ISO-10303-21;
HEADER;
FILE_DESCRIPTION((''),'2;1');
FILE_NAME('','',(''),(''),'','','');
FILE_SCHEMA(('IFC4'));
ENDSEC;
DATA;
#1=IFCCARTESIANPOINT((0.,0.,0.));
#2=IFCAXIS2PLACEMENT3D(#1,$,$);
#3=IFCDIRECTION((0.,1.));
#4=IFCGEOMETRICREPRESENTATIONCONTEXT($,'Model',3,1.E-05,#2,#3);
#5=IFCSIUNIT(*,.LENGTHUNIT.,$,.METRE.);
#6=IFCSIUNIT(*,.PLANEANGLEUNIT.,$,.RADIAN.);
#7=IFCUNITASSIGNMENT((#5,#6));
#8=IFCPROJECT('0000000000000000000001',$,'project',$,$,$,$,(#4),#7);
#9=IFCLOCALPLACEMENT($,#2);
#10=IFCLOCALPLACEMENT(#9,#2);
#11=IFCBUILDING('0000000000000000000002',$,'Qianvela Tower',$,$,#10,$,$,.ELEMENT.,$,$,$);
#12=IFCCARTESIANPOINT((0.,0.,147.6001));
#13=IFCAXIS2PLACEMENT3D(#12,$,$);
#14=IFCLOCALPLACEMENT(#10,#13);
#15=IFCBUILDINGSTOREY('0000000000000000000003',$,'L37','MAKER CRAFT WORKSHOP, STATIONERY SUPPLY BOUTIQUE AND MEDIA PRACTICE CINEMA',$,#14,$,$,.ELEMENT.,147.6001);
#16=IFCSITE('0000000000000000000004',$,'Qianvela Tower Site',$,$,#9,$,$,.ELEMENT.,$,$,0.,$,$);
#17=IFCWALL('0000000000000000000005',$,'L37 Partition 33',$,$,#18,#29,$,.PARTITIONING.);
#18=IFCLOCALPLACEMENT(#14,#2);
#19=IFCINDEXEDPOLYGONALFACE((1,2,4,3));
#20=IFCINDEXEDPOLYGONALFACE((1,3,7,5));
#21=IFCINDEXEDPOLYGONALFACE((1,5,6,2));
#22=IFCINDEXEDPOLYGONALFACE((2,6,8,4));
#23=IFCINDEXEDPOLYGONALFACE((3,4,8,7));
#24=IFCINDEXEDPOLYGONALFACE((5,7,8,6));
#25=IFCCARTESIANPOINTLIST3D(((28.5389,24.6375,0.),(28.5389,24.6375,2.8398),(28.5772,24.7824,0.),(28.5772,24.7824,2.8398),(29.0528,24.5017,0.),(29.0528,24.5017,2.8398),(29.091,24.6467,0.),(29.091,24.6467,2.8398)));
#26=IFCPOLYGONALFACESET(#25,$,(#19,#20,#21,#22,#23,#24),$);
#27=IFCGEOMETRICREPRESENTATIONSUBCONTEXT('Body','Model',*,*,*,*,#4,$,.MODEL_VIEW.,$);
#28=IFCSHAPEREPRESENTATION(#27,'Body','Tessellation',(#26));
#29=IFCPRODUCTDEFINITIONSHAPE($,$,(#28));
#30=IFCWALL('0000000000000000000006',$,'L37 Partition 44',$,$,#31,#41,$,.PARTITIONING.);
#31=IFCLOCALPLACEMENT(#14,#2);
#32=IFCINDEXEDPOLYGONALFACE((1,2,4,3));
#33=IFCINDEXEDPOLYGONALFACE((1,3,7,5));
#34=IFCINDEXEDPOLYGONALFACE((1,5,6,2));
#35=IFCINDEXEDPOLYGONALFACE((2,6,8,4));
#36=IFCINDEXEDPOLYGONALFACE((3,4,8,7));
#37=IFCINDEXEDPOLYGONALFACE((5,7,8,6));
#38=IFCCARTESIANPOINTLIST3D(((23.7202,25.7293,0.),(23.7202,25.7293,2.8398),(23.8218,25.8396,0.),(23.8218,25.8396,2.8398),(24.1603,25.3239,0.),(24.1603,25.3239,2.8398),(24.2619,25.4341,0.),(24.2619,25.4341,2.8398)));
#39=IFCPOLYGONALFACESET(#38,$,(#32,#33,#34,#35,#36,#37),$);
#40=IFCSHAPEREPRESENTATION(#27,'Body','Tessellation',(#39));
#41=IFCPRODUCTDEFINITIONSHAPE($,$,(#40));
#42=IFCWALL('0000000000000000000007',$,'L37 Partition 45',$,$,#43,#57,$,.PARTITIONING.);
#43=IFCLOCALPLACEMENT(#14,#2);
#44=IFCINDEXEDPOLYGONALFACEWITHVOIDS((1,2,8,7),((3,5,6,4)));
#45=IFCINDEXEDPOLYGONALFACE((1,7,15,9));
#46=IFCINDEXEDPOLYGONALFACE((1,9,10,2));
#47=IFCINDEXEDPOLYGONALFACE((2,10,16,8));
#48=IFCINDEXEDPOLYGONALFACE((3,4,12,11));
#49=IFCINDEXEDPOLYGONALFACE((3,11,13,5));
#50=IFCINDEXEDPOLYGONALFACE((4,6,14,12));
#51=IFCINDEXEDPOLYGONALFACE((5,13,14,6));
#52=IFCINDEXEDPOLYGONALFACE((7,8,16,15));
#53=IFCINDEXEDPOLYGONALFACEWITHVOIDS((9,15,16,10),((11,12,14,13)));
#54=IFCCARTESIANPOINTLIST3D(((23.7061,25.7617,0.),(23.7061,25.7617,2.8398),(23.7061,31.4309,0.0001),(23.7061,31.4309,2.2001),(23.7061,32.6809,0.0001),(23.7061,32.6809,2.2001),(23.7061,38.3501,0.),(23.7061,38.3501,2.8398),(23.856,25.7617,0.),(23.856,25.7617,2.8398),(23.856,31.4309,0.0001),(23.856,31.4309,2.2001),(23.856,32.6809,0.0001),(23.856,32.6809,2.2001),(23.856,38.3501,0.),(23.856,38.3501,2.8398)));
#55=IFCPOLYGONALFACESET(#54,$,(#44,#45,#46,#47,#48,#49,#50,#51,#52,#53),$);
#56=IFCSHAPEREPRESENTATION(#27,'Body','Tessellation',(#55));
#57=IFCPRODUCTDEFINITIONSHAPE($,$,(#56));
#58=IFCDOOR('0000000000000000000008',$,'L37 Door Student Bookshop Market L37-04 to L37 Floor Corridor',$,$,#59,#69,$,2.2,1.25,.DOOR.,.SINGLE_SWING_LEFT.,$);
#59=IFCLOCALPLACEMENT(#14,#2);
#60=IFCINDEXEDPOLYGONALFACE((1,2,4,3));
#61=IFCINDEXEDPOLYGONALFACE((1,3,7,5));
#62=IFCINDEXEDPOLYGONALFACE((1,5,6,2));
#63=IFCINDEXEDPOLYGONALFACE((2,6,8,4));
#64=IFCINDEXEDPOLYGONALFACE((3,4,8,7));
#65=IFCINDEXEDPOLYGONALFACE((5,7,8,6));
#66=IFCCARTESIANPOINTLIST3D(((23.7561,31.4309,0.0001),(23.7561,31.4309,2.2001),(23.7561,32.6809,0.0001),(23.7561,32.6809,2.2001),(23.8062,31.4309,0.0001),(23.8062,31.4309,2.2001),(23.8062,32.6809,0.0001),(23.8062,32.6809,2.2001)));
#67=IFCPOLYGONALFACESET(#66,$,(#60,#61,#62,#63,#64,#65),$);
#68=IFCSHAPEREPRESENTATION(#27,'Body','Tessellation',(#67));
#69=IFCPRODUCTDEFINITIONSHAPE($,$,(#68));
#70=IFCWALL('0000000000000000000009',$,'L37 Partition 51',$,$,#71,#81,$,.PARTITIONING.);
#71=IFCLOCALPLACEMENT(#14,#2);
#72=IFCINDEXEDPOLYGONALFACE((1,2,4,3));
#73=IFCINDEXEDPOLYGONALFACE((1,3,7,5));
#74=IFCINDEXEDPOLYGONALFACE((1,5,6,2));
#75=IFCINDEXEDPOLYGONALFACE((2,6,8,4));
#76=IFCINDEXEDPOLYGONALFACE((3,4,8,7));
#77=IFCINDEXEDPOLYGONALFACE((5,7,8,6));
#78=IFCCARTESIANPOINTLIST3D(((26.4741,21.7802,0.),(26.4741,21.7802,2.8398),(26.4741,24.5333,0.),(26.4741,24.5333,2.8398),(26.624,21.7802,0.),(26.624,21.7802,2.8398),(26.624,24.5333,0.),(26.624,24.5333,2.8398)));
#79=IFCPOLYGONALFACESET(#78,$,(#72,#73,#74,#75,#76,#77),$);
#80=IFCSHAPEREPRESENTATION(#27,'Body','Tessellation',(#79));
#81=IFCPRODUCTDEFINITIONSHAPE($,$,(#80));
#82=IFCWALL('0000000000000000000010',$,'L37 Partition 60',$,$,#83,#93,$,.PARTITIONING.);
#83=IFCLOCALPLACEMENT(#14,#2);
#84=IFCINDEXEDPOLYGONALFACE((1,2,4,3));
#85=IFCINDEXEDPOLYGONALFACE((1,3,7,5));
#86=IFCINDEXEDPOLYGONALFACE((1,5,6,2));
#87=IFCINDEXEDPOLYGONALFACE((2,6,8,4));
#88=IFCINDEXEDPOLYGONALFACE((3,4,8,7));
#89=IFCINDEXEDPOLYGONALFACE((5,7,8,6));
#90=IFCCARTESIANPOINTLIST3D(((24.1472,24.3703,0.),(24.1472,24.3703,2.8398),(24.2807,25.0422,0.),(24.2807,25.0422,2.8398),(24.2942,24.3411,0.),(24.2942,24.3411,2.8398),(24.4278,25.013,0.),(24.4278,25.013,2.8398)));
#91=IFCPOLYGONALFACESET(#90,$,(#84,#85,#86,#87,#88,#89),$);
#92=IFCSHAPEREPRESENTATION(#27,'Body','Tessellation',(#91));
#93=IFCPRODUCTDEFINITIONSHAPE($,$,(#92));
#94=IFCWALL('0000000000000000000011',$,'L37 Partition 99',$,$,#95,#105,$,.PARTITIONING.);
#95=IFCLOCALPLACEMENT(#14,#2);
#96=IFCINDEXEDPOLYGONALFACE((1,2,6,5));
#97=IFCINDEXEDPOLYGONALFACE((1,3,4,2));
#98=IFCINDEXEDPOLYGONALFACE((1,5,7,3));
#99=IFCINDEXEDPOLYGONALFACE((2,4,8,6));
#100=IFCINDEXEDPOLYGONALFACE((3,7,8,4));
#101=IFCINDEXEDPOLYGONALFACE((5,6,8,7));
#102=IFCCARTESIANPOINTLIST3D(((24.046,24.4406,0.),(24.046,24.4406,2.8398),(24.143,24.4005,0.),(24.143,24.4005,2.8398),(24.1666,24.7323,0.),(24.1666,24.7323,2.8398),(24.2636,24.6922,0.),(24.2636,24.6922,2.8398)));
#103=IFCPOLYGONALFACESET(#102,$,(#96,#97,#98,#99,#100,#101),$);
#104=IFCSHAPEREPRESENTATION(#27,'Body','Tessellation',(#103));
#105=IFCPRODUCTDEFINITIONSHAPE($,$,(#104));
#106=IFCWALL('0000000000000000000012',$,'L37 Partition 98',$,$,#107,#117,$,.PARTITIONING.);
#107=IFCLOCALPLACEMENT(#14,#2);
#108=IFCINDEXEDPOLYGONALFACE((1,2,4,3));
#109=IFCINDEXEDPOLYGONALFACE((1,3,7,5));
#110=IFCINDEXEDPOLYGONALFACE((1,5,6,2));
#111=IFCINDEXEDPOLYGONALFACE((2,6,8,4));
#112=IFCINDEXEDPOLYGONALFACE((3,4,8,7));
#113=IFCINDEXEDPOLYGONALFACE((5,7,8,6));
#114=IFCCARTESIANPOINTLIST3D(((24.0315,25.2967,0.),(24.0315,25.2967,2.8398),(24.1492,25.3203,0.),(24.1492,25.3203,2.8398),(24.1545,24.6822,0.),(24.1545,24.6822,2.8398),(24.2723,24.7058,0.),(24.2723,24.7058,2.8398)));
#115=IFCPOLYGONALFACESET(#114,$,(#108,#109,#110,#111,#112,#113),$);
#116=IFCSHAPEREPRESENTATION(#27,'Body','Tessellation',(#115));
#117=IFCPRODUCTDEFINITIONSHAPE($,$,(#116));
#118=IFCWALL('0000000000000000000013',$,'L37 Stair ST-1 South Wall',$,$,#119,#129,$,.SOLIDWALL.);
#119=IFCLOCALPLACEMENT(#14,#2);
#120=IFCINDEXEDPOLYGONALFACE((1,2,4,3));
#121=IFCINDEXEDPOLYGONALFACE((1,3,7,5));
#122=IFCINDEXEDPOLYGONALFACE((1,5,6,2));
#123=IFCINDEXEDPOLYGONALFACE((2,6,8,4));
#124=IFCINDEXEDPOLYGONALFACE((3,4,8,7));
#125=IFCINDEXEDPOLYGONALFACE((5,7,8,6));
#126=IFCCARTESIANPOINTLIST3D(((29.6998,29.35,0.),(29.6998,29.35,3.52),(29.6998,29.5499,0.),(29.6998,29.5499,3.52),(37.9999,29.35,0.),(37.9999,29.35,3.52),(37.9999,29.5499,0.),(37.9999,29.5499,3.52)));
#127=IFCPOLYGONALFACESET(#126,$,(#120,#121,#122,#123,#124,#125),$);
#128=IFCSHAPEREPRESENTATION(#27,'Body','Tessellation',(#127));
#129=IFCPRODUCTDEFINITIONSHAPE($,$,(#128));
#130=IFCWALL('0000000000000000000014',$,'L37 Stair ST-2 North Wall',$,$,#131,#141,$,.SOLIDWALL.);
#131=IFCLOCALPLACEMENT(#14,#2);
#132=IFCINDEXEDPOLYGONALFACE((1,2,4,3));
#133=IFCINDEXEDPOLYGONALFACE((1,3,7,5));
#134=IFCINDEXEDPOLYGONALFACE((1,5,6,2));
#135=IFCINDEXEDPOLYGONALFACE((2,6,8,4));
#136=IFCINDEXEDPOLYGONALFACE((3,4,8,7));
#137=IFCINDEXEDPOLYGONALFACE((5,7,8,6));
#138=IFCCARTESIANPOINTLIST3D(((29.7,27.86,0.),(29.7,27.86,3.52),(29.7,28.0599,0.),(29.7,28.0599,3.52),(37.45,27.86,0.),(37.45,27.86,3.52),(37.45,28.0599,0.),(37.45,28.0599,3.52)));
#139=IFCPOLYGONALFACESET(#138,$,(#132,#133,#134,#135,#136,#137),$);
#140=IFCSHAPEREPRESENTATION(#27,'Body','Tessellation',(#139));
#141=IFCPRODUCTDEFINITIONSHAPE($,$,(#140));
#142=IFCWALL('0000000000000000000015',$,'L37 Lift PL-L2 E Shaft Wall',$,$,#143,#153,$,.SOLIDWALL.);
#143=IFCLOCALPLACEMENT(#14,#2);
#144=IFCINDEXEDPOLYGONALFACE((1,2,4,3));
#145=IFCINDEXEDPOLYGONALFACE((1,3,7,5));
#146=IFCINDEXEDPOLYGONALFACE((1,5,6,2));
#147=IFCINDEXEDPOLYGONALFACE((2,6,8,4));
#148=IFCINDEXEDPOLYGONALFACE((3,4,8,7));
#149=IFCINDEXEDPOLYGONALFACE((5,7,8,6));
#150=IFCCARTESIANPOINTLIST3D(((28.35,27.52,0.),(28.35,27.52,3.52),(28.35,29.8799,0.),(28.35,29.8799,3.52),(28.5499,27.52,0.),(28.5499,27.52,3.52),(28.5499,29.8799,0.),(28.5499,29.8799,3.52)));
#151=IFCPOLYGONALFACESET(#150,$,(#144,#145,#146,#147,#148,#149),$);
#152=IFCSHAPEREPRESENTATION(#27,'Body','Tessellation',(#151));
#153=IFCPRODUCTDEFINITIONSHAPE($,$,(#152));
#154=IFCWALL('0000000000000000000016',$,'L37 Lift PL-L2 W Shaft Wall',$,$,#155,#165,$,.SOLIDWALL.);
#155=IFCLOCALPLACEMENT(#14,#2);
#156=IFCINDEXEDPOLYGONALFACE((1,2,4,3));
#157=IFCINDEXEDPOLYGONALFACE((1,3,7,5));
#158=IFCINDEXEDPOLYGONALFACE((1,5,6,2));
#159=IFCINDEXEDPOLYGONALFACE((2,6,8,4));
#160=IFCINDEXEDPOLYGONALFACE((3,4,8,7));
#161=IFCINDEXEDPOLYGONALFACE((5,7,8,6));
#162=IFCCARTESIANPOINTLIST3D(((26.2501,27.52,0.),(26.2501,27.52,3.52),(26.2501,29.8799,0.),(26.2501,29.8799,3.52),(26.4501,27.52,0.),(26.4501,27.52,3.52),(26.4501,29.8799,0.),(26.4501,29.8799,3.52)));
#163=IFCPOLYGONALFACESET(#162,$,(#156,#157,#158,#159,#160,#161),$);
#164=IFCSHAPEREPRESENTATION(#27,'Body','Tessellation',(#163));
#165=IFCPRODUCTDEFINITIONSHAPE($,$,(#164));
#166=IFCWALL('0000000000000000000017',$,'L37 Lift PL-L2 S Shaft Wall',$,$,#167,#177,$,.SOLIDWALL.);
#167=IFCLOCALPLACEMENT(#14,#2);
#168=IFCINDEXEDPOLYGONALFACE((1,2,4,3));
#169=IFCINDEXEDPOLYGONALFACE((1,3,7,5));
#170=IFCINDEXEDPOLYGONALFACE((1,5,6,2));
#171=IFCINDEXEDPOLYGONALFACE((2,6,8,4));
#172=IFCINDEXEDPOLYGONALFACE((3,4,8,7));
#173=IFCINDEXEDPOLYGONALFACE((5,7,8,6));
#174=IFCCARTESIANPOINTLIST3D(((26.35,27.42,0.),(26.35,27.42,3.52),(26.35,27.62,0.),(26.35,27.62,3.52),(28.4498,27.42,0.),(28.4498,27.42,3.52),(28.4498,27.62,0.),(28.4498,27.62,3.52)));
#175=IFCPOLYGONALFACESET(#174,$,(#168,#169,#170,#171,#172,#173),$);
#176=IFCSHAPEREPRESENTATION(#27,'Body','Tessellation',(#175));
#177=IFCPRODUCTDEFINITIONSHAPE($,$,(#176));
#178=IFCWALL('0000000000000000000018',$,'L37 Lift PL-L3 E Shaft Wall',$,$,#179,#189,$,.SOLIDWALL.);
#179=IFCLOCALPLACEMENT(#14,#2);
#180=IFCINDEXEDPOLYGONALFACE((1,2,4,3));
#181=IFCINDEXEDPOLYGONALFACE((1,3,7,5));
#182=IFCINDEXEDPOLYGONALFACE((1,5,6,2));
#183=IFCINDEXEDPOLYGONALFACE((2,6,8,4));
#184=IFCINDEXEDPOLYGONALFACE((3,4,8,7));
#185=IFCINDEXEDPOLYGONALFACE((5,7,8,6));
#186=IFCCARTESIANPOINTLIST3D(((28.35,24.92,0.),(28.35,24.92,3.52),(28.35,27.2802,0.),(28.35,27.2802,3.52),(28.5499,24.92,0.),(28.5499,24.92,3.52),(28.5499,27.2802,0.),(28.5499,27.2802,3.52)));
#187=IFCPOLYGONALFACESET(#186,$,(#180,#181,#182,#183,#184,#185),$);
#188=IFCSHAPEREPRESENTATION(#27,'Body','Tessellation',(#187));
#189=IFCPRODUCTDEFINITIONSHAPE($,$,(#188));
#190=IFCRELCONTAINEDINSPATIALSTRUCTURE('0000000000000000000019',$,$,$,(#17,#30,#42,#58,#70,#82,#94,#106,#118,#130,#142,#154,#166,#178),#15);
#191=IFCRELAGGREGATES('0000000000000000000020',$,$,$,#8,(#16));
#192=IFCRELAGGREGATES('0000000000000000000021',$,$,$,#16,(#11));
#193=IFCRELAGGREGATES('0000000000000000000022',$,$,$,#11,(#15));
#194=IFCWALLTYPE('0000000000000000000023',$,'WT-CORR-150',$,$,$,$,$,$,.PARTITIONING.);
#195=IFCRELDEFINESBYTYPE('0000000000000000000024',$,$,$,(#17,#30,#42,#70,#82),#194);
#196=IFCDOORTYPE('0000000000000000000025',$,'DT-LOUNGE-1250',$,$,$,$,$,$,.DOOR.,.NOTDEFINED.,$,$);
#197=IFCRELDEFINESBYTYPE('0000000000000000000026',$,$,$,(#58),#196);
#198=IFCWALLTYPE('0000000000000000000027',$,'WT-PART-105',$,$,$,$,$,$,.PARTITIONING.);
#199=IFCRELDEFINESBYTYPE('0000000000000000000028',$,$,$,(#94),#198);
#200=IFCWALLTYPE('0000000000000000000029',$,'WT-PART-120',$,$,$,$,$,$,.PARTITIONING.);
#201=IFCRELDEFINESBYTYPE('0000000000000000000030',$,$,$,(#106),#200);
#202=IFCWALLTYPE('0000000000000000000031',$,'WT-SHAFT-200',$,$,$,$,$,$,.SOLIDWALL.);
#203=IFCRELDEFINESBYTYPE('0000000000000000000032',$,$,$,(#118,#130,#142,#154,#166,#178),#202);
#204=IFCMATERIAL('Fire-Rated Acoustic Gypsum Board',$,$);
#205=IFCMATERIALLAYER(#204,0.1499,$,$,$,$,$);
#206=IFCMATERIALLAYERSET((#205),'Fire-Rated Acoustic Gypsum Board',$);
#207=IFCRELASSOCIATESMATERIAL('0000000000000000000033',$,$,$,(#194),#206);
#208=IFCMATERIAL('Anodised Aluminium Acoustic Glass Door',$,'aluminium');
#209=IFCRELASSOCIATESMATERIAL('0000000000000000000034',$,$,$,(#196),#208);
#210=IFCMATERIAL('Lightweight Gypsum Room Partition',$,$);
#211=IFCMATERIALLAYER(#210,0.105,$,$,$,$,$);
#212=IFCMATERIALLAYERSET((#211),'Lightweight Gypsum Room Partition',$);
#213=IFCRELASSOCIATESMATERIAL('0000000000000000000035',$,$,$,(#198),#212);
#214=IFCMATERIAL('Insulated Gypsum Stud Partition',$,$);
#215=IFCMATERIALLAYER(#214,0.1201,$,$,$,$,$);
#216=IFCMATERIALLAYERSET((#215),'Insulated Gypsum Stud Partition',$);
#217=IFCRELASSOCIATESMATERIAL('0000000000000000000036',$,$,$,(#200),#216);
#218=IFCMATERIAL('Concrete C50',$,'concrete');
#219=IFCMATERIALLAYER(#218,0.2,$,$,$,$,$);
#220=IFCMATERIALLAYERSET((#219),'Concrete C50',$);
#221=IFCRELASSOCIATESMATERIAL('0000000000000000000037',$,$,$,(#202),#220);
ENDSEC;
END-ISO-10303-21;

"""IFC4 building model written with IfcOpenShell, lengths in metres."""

from ifc_helpers import new_model, si_unit, direction, frame, frame_2d, origin, place, context, subcontext, project, spatial, rectangle, extrude, material, layer, layer_set, type_object, element, fill, save


model = new_model("IFC4")

# Units and contexts
model_context = context("Model", 3, precision=1e-05, world=origin(), true_north=direction((0.0, 1.0)))
body_context = subcontext(model_context, "Body", "Model", "MODEL_VIEW")
ifc_project = project(units=[si_unit("LENGTHUNIT", "METRE"), si_unit("PLANEANGLEUNIT", "RADIAN")], contexts=[model_context])

# Site, building, storey
site_placement = place(None, origin())
site = spatial("IfcSite", under=ifc_project, at=site_placement, Name="Qianvela Tower Site", CompositionType="ELEMENT", RefElevation=0.0)
building_placement = place(site_placement, origin())
building = spatial("IfcBuilding", under=site, at=building_placement, Name="Qianvela Tower", CompositionType="ELEMENT")
storey_placement = place(building_placement, frame((0.0, 0.0, 147.6001)))
storey = spatial("IfcBuildingStorey", under=building, at=storey_placement, Name="L37", Description="MAKER CRAFT WORKSHOP, STATIONERY SUPPLY BOUTIQUE AND MEDIA PRACTICE CINEMA", CompositionType="ELEMENT", Elevation=147.6001)

# Walls
ifc_material_1 = material(Name="Fire-Rated Acoustic Gypsum Board")
ifc_layer_1 = layer(ifc_material_1, 0.1499)
ifc_layer_set_1 = layer_set([ifc_layer_1], Name="Fire-Rated Acoustic Gypsum Board")
wall_type_1 = type_object("IfcWallType", Name="WT-CORR-150", PredefinedType="PARTITIONING", material=ifc_layer_set_1)
wall_1_placement = place(storey_placement, frame((29.0718, 24.5742, 0.0), z_axis=(0.0, 0.0, 1.0), x_axis=(-0.966842, 0.255375, 0.0)))
element("IfcWall", 1, at=wall_1_placement, inside=storey, type_object=wall_type_1, Name="L37 Partition 33", PredefinedType="PARTITIONING", context=body_context, shape_type="SweptSolid", body=[
    extrude(rectangle(XDim=0.5315, YDim=0.1499, at=frame_2d((0.2656, 0.0))), origin(), (0.0, 0.0, 1.0), 2.8398),
])
wall_2_placement = place(storey_placement, frame((24.2112, 25.3789, 0.0), z_axis=(0.0, 0.0, 1.0), x_axis=(-0.735476, 0.677551, 0.0)))
element("IfcWall", 2, at=wall_2_placement, inside=storey, type_object=wall_type_1, Name="L37 Partition 44", PredefinedType="PARTITIONING", context=body_context, shape_type="SweptSolid", body=[
    extrude(rectangle(XDim=0.5984, YDim=0.1499, at=frame_2d((0.2993, 0.0))), origin(), (0.0, 0.0, 1.0), 2.8398),
])

# Wall, opening, door
wall_3_placement = place(storey_placement, frame((23.781, 25.7617, 0.0), z_axis=(0.0, 0.0, 1.0), x_axis=(0.0, 1.0, 0.0)))
wall_3 = element("IfcWall", 3, at=wall_3_placement, inside=storey, type_object=wall_type_1, Name="L37 Partition 45", PredefinedType="PARTITIONING", context=body_context, shape_type="SweptSolid", body=[
    extrude(rectangle(XDim=12.5884, YDim=0.1499, at=frame_2d((6.2942, 0.0))), origin(), (0.0, 0.0, 1.0), 2.8398),
])
opening_1_placement = place(wall_3_placement, frame((5.6692, 0.0, 0.0)))
opening_1 = element("IfcOpeningElement", 4, at=opening_1_placement, cuts=wall_3, PredefinedType="OPENING", context=body_context, shape_type="SweptSolid", body=[
    extrude(rectangle(XDim=1.25, YDim=2.2, at=frame_2d((0.625, 1.1001))), frame((0.0, 0.085, 0.0), z_axis=(0.0, -1.0, 0.0), x_axis=(1.0, 0.0, 0.0)), (0.0, 0.0, 1.0), 0.1699),
])
ifc_material_2 = material(Name="Anodised Aluminium Acoustic Glass Door", Category="aluminium")
door_type_1 = type_object("IfcDoorType", Name="DT-LOUNGE-1250", OperationType="NOTDEFINED", PredefinedType="DOOR", material=ifc_material_2)
door_1_placement = place(opening_1_placement, origin())
door_1 = element("IfcDoor", 5, at=door_1_placement, inside=storey, type_object=door_type_1, Name="L37 Door Student Bookshop Market L37-04 to L37 Floor Corridor", OperationType="SINGLE_SWING_LEFT", OverallHeight=2.2, OverallWidth=1.25, PredefinedType="DOOR", context=body_context, shape_type="SweptSolid", body=[
    extrude(rectangle(XDim=1.25, YDim=2.2, at=frame_2d((0.625, 1.1001))), frame((0.0, 0.0249, 0.0), z_axis=(0.0, -1.0, 0.0), x_axis=(1.0, 0.0, 0.0)), (0.0, 0.0, 1.0), 0.05),
])
fill(opening_1, door_1)

# Walls
wall_4_placement = place(storey_placement, frame((26.5491, 24.5332, 0.0), z_axis=(0.0, 0.0, 1.0), x_axis=(0.0, -1.0, 0.0)))
element("IfcWall", 6, at=wall_4_placement, inside=storey, type_object=wall_type_1, Name="L37 Partition 51", PredefinedType="PARTITIONING", context=body_context, shape_type="SweptSolid", body=[
    extrude(rectangle(XDim=2.7532, YDim=0.1499, at=frame_2d((1.3765, 0.0))), origin(), (0.0, 0.0, 1.0), 2.8398),
])
wall_5_placement = place(storey_placement, frame((24.2207, 24.3557, 0.0), z_axis=(0.0, 0.0, 1.0), x_axis=(0.194951, 0.980813, 0.0)))
element("IfcWall", 7, at=wall_5_placement, inside=storey, type_object=wall_type_1, Name="L37 Partition 60", PredefinedType="PARTITIONING", context=body_context, shape_type="SweptSolid", body=[
    extrude(rectangle(XDim=0.6851, YDim=0.1499, at=frame_2d((0.3425, 0.0))), origin(), (0.0, 0.0, 1.0), 2.8398),
])
ifc_material_3 = material(Name="Lightweight Gypsum Room Partition")
ifc_layer_2 = layer(ifc_material_3, 0.105)
ifc_layer_set_2 = layer_set([ifc_layer_2], Name="Lightweight Gypsum Room Partition")
wall_type_2 = type_object("IfcWallType", Name="WT-PART-105", PredefinedType="PARTITIONING", material=ifc_layer_set_2)
wall_6_placement = place(storey_placement, frame((24.2151, 24.7122, 0.0), z_axis=(0.0, 0.0, 1.0), x_axis=(-0.382033, -0.924149, 0.0)))
element("IfcWall", 8, at=wall_6_placement, inside=storey, type_object=wall_type_2, Name="L37 Partition 99", PredefinedType="PARTITIONING", context=body_context, shape_type="SweptSolid", body=[
    extrude(rectangle(XDim=0.3157, YDim=0.105, at=frame_2d((0.1577, 0.0))), origin(), (0.0, 0.0, 1.0), 2.8398),
])
ifc_material_4 = material(Name="Insulated Gypsum Stud Partition")
ifc_layer_3 = layer(ifc_material_4, 0.1201)
ifc_layer_set_3 = layer_set([ifc_layer_3], Name="Insulated Gypsum Stud Partition")
wall_type_3 = type_object("IfcWallType", Name="WT-PART-120", PredefinedType="PARTITIONING", material=ifc_layer_set_3)
wall_7_placement = place(storey_placement, frame((24.0903, 25.3086, 0.0), z_axis=(0.0, 0.0, 1.0), x_axis=(0.196341, -0.980536, 0.0)))
element("IfcWall", 9, at=wall_7_placement, inside=storey, type_object=wall_type_3, Name="L37 Partition 98", PredefinedType="PARTITIONING", context=body_context, shape_type="SweptSolid", body=[
    extrude(rectangle(XDim=0.6267, YDim=0.1201, at=frame_2d((0.3135, 0.0))), origin(), (0.0, 0.0, 1.0), 2.8398),
])
ifc_material_5 = material(Name="Concrete C50", Category="concrete")
ifc_layer_4 = layer(ifc_material_5, 0.2)
ifc_layer_set_4 = layer_set([ifc_layer_4], Name="Concrete C50")
wall_type_4 = type_object("IfcWallType", Name="WT-SHAFT-200", PredefinedType="SOLIDWALL", material=ifc_layer_set_4)
wall_8_placement = place(storey_placement, frame((29.7, 29.45, 0.0), z_axis=(0.0, 0.0, 1.0), x_axis=(1.0, 0.0, 0.0)))
element("IfcWall", 10, at=wall_8_placement, inside=storey, type_object=wall_type_4, Name="L37 Stair ST-1 South Wall", PredefinedType="SOLIDWALL", context=body_context, shape_type="SweptSolid", body=[
    extrude(rectangle(XDim=8.3, YDim=0.2, at=frame_2d((4.1499, 0.0))), origin(), (0.0, 0.0, 1.0), 3.52),
])
wall_9_placement = place(storey_placement, frame((29.7, 27.96, 0.0), z_axis=(0.0, 0.0, 1.0), x_axis=(1.0, 0.0, 0.0)))
element("IfcWall", 11, at=wall_9_placement, inside=storey, type_object=wall_type_4, Name="L37 Stair ST-2 North Wall", PredefinedType="SOLIDWALL", context=body_context, shape_type="SweptSolid", body=[
    extrude(rectangle(XDim=7.75, YDim=0.2, at=frame_2d((3.875, 0.0))), origin(), (0.0, 0.0, 1.0), 3.52),
])
for number, where, z_axis, x_axis, name in (
    (12, (28.45, 27.52, 0.0), (0.0, 0.0, 1.0), (0.0, 1.0, 0.0), "L37 Lift PL-L2 E Shaft Wall"),
    (13, (26.3501, 27.52, 0.0), (0.0, 0.0, 1.0), (0.0, 1.0, 0.0), "L37 Lift PL-L2 W Shaft Wall"),
):
    element("IfcWall", number, at=place(storey_placement, frame(where, z_axis=z_axis, x_axis=x_axis)), inside=storey, type_object=wall_type_4, Name=name, PredefinedType="SOLIDWALL", context=body_context, shape_type="SweptSolid", body=[
        extrude(rectangle(XDim=2.3599, YDim=0.2, at=frame_2d((1.1799, 0.0))), origin(), (0.0, 0.0, 1.0), 3.52),
    ])
wall_10_placement = place(storey_placement, frame((26.3501, 27.52, 0.0), z_axis=(0.0, 0.0, 1.0), x_axis=(1.0, 0.0, 0.0)))
element("IfcWall", 14, at=wall_10_placement, inside=storey, type_object=wall_type_4, Name="L37 Lift PL-L2 S Shaft Wall", PredefinedType="SOLIDWALL", context=body_context, shape_type="SweptSolid", body=[
    extrude(rectangle(XDim=2.0999, YDim=0.2, at=frame_2d((1.0498, 0.0))), origin(), (0.0, 0.0, 1.0), 3.52),
])
for number, where, z_axis, x_axis, name in (
    (15, (28.45, 24.9199, 0.0), (0.0, 0.0, 1.0), (0.0, 1.0, 0.0), "L37 Lift PL-L3 E Shaft Wall"),
):
    element("IfcWall", number, at=place(storey_placement, frame(where, z_axis=z_axis, x_axis=x_axis)), inside=storey, type_object=wall_type_4, Name=name, PredefinedType="SOLIDWALL", context=body_context, shape_type="SweptSolid", body=[
        extrude(rectangle(XDim=2.3601, YDim=0.2, at=frame_2d((1.1802, 0.0))), origin(), (0.0, 0.0, 1.0), 3.52),
    ])

save(model, "model.ifc")
